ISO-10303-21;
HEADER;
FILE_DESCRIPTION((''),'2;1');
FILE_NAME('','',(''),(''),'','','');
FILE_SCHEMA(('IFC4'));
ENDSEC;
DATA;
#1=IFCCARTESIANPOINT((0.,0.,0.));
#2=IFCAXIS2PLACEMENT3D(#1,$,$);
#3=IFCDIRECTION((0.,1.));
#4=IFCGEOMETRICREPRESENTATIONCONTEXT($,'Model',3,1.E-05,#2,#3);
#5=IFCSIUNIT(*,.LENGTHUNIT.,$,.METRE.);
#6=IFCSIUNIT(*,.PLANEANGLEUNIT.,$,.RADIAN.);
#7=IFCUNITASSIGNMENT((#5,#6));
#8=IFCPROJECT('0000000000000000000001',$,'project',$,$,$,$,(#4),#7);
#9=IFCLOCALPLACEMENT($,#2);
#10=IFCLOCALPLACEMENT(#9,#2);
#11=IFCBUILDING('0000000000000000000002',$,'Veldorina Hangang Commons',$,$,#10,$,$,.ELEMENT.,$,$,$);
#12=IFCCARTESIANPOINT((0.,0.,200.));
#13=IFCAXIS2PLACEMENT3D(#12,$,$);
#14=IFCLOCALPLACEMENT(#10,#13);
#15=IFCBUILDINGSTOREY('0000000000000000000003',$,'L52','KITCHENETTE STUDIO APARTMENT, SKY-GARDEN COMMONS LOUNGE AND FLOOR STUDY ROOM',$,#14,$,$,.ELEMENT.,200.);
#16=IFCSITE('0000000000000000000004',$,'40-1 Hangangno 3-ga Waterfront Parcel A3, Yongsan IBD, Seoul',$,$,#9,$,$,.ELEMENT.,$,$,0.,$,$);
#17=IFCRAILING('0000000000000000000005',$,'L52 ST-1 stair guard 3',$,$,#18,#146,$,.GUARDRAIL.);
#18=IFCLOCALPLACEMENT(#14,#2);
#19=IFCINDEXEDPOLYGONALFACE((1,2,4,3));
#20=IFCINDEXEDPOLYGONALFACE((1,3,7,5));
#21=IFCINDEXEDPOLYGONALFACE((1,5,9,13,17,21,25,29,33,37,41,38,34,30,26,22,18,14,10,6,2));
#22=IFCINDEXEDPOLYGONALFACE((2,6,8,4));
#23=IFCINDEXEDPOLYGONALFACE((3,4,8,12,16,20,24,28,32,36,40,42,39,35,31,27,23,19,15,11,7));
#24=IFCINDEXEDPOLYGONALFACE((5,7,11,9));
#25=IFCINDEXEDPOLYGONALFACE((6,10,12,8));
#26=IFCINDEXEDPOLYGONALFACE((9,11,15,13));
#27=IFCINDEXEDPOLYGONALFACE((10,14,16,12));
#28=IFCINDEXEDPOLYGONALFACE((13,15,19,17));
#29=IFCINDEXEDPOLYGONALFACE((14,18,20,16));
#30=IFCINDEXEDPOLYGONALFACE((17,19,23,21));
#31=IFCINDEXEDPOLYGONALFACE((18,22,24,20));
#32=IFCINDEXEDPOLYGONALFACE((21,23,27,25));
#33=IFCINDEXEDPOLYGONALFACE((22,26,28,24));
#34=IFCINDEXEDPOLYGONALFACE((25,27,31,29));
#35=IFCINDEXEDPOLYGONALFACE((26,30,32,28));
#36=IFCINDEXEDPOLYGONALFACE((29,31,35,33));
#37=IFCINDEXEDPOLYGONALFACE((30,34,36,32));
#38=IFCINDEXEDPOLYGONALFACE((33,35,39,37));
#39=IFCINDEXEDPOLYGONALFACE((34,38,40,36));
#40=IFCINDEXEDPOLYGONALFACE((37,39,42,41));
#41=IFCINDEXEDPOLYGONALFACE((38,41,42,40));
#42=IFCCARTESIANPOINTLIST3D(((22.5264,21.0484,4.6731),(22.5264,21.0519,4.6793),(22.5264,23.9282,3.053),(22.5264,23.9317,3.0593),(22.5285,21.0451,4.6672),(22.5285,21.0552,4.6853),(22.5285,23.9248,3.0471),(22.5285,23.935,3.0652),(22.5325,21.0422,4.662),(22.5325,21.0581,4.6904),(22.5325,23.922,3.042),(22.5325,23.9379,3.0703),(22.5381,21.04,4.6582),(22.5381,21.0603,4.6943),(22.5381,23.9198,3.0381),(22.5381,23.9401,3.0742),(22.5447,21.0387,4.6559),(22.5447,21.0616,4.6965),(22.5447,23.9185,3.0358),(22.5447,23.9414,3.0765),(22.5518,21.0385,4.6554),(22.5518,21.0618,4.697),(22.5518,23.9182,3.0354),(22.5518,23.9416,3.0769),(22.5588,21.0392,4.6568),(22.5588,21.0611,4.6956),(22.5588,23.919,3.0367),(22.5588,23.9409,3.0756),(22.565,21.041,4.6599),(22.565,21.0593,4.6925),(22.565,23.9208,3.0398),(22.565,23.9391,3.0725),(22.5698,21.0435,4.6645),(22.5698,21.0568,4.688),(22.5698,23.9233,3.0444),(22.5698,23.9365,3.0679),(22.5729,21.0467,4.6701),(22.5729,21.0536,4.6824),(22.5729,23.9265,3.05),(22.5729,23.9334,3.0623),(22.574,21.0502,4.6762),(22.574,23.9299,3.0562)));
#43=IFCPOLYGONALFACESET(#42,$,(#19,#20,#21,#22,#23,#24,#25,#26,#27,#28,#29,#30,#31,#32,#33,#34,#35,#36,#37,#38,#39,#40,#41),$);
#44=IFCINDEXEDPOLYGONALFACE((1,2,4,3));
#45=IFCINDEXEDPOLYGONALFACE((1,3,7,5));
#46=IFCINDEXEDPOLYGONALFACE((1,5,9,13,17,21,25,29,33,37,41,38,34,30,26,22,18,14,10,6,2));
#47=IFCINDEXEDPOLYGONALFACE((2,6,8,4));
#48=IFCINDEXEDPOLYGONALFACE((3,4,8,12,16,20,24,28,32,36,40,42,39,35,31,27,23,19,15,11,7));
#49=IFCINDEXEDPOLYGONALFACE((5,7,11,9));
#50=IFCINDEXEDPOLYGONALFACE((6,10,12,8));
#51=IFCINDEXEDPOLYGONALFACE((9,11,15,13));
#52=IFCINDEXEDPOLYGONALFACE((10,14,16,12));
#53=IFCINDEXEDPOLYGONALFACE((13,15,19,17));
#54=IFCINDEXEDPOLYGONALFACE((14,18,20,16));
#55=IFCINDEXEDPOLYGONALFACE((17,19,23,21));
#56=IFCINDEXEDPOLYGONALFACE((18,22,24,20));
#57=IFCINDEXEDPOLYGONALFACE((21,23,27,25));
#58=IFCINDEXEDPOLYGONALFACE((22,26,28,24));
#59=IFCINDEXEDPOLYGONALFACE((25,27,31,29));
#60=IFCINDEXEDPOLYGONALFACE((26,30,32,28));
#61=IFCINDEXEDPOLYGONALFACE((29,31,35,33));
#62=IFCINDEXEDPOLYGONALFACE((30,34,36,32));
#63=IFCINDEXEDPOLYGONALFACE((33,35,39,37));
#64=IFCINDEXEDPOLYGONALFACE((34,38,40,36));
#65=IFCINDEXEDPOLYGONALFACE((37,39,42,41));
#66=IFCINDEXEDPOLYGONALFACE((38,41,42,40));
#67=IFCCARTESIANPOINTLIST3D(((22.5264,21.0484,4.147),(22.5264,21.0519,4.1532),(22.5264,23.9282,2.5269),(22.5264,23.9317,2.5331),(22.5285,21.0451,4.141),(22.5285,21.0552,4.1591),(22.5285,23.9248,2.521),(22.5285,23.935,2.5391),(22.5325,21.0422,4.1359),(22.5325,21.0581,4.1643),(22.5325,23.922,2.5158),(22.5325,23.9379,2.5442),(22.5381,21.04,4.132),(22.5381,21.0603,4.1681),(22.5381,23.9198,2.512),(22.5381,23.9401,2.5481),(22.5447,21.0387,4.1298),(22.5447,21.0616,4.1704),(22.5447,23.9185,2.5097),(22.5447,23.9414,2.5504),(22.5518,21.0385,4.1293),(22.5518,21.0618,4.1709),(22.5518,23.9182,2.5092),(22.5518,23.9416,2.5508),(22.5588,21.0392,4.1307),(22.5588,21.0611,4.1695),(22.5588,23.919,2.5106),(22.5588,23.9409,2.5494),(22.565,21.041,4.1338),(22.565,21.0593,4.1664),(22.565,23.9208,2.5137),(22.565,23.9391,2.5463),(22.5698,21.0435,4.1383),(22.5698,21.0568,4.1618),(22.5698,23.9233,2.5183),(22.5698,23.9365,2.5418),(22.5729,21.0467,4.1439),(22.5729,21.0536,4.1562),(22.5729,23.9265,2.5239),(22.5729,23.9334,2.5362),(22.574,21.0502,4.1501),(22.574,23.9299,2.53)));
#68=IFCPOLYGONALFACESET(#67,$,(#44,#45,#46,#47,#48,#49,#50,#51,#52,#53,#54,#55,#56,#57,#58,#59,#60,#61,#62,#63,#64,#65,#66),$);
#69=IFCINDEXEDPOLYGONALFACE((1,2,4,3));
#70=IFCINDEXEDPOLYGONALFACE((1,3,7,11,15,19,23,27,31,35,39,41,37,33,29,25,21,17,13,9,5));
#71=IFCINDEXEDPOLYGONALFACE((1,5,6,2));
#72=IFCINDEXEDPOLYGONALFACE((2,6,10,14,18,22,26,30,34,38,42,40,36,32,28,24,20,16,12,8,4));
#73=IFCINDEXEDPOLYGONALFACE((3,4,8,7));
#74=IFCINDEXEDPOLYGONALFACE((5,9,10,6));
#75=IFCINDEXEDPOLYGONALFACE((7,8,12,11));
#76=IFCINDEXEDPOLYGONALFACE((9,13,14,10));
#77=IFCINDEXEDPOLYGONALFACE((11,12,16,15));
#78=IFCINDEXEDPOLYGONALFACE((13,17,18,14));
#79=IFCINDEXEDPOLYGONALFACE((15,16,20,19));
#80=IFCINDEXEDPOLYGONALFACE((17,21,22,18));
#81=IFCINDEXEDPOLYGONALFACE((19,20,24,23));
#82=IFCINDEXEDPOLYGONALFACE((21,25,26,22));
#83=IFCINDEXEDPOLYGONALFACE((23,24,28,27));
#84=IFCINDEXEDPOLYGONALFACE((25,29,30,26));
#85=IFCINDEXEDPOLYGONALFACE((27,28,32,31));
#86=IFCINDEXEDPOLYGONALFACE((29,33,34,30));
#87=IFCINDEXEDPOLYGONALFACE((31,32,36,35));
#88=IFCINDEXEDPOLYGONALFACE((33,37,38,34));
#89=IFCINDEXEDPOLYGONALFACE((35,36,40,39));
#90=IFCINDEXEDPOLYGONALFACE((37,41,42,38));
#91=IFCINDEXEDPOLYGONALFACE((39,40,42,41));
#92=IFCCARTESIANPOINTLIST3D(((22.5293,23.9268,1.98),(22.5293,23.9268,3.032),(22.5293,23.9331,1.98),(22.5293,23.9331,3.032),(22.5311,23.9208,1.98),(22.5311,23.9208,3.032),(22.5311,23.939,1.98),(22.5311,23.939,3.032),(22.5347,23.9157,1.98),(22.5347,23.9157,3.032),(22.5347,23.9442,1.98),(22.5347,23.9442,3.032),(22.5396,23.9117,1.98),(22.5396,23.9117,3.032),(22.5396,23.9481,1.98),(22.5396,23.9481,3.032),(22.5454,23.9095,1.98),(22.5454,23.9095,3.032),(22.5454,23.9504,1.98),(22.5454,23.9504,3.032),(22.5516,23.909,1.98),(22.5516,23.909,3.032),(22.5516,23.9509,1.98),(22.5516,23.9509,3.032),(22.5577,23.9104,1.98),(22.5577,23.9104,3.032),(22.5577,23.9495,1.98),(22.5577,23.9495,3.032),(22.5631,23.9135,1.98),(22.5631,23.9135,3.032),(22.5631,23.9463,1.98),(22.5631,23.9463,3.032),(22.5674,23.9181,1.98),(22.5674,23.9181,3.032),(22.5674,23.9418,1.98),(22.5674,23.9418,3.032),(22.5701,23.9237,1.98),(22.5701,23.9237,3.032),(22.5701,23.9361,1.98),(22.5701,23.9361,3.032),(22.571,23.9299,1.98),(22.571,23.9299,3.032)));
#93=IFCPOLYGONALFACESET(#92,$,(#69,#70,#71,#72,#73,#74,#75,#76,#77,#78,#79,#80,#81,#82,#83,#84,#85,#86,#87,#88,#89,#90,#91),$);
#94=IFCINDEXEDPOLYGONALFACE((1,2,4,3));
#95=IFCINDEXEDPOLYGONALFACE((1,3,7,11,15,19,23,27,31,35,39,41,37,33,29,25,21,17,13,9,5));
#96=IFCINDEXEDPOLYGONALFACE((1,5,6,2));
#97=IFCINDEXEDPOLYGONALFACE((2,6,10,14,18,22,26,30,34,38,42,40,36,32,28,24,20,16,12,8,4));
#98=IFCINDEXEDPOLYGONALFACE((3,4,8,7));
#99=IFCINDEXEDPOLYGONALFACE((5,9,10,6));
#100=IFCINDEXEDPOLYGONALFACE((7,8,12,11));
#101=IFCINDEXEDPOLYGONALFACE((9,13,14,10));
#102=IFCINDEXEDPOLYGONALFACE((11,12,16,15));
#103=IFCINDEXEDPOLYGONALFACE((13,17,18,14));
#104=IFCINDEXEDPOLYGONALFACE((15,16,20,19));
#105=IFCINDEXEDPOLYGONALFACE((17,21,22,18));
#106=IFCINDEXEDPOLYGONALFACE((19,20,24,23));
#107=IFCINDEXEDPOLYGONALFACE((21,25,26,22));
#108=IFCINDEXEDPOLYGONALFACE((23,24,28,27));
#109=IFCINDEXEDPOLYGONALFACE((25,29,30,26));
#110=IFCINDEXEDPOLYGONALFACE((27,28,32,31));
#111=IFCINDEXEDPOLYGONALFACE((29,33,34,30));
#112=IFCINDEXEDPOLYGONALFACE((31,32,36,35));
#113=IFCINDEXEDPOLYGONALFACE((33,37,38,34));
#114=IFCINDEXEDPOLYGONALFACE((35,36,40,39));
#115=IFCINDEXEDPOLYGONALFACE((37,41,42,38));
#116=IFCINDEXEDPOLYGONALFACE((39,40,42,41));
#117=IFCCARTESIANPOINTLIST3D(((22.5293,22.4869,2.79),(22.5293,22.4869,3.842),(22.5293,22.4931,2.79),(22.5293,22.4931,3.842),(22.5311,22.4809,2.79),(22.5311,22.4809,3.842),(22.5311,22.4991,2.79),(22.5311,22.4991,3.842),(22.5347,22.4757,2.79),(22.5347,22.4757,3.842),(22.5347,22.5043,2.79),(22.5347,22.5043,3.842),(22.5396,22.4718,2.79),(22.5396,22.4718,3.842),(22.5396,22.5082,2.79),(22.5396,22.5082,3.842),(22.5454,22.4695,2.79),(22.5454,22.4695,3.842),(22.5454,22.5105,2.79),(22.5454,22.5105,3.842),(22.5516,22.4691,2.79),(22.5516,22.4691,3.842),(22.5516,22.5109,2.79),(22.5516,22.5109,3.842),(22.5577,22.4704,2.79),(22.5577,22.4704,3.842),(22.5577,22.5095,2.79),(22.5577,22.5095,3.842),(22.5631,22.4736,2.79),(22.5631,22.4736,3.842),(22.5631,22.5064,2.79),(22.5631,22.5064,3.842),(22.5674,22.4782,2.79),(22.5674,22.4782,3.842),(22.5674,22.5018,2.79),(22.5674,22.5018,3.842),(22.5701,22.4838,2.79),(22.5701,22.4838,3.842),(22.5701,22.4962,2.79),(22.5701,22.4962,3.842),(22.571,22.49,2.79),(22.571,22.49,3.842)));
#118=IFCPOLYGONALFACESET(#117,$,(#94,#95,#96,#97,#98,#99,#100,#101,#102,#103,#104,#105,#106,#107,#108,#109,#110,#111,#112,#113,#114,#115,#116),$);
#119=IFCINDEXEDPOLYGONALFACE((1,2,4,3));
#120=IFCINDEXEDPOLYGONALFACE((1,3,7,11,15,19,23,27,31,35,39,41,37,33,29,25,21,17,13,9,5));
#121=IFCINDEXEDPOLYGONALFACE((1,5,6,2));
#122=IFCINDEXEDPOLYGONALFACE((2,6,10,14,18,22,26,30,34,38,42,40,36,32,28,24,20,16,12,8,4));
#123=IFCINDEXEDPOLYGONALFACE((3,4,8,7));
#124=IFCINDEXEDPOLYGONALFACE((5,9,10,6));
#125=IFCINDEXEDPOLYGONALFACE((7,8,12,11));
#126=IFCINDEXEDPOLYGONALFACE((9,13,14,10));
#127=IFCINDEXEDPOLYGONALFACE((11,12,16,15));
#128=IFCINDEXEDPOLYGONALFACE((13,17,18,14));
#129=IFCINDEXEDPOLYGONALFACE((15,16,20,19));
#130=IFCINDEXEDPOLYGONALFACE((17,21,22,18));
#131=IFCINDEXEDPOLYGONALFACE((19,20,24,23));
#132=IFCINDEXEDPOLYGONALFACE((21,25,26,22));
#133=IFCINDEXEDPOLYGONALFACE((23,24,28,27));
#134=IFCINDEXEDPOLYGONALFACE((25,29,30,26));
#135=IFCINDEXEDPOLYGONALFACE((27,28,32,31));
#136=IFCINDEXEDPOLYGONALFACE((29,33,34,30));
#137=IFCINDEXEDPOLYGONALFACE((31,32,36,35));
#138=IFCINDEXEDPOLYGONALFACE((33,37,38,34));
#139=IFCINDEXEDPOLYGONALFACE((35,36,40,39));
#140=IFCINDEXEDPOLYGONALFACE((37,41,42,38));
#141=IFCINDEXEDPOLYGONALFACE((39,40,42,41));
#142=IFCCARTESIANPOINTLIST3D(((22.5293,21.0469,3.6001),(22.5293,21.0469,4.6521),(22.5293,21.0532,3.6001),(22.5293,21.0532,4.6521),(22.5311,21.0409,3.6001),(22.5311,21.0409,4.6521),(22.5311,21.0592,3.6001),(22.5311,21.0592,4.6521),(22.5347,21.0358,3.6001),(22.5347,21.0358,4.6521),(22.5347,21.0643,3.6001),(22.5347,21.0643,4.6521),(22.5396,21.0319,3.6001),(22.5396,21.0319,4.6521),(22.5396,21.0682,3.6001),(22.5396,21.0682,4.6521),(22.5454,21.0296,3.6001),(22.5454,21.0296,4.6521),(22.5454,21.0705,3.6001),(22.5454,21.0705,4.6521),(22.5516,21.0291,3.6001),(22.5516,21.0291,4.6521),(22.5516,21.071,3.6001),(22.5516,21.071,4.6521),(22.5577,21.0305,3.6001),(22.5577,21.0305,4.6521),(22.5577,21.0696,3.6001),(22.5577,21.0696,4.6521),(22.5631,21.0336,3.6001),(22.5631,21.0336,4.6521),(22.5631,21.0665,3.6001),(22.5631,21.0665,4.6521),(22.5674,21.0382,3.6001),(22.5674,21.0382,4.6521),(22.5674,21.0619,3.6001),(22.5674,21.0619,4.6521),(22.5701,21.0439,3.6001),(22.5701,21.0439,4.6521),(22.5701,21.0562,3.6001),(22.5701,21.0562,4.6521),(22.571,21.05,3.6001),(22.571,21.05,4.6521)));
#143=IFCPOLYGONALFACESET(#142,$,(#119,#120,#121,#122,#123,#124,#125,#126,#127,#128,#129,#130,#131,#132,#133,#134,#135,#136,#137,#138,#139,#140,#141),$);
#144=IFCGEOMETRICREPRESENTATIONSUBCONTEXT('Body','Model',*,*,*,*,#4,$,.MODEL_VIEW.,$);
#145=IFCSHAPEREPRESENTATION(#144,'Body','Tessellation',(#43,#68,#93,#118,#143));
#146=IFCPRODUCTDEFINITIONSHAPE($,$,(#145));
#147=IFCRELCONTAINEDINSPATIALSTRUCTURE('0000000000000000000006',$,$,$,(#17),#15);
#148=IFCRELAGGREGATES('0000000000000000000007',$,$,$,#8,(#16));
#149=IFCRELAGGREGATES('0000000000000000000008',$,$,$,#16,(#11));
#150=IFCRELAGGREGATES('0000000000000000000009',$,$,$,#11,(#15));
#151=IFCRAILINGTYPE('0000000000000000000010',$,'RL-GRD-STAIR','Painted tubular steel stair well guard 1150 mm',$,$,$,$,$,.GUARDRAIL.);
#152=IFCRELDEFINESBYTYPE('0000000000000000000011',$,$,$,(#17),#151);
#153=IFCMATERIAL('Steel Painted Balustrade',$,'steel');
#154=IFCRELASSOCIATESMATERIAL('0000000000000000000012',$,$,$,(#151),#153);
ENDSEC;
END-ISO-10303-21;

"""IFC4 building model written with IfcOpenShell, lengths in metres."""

from ifc_helpers import new_model, si_unit, direction, frame, origin, origin_2d, place, context, subcontext, project, spatial, circle, extrude, material, type_object, element, save


model = new_model("IFC4")

# Units and contexts
model_context = context("Model", 3, precision=1e-05, world=origin(), true_north=direction((0.0, 1.0)))
body_context = subcontext(model_context, "Body", "Model", "MODEL_VIEW")
ifc_project = project(units=[si_unit("LENGTHUNIT", "METRE"), si_unit("PLANEANGLEUNIT", "RADIAN")], contexts=[model_context])

# Site, building, storey
site_placement = place(None, origin())
site = spatial("IfcSite", under=ifc_project, at=site_placement, Name="40-1 Hangangno 3-ga Waterfront Parcel A3, Yongsan IBD, Seoul", CompositionType="ELEMENT", RefElevation=0.0)
building_placement = place(site_placement, origin())
building = spatial("IfcBuilding", under=site, at=building_placement, Name="Veldorina Hangang Commons", CompositionType="ELEMENT")
storey_placement = place(building_placement, frame((0.0, 0.0, 200.0)))
storey = spatial("IfcBuildingStorey", under=building, at=storey_placement, Name="L52", Description="KITCHENETTE STUDIO APARTMENT, SKY-GARDEN COMMONS LOUNGE AND FLOOR STUDY ROOM", CompositionType="ELEMENT", Elevation=200.0)

# Railing
ifc_material_1 = material(Name="Steel Painted Balustrade", Category="steel")
railing_type_1 = type_object("IfcRailingType", Name="RL-GRD-STAIR", Description="Painted tubular steel stair well guard 1150 mm", PredefinedType="GUARDRAIL", material=ifc_material_1)
railing_1_placement = place(storey_placement, frame((22.55, 23.9299, 1.98)))
element("IfcRailing", 1, at=railing_1_placement, inside=storey, type_object=railing_type_1, Name="L52 ST-1 stair guard 3", PredefinedType="GUARDRAIL", context=body_context, shape_type="SweptSolid", body=[
    extrude(circle(Radius=0.0239, at=origin_2d()), frame((0.0, 0.0, 1.0762), z_axis=(0.0, -0.871552, 0.490303), x_axis=(1.0, 0.0, 0.0)), (0.0, 0.0, 1.0), 3.3042),
    extrude(circle(Radius=0.0239, at=origin_2d()), frame((0.0, 0.0, 0.55), z_axis=(0.0, -0.871552, 0.490303), x_axis=(1.0, 0.0, 0.0)), (0.0, 0.0, 1.0), 3.3042),
    extrude(circle(Radius=0.021, at=origin_2d()), origin(), (0.0, 0.0, 1.0), 1.052),
    extrude(circle(Radius=0.021, at=origin_2d()), frame((0.0, -1.4399, 0.8101)), (0.0, 0.0, 1.0), 1.052),
    extrude(circle(Radius=0.021, at=origin_2d()), frame((0.0, -2.8799, 1.6201)), (0.0, 0.0, 1.0), 1.052),
])

save(model, "model.ifc")
